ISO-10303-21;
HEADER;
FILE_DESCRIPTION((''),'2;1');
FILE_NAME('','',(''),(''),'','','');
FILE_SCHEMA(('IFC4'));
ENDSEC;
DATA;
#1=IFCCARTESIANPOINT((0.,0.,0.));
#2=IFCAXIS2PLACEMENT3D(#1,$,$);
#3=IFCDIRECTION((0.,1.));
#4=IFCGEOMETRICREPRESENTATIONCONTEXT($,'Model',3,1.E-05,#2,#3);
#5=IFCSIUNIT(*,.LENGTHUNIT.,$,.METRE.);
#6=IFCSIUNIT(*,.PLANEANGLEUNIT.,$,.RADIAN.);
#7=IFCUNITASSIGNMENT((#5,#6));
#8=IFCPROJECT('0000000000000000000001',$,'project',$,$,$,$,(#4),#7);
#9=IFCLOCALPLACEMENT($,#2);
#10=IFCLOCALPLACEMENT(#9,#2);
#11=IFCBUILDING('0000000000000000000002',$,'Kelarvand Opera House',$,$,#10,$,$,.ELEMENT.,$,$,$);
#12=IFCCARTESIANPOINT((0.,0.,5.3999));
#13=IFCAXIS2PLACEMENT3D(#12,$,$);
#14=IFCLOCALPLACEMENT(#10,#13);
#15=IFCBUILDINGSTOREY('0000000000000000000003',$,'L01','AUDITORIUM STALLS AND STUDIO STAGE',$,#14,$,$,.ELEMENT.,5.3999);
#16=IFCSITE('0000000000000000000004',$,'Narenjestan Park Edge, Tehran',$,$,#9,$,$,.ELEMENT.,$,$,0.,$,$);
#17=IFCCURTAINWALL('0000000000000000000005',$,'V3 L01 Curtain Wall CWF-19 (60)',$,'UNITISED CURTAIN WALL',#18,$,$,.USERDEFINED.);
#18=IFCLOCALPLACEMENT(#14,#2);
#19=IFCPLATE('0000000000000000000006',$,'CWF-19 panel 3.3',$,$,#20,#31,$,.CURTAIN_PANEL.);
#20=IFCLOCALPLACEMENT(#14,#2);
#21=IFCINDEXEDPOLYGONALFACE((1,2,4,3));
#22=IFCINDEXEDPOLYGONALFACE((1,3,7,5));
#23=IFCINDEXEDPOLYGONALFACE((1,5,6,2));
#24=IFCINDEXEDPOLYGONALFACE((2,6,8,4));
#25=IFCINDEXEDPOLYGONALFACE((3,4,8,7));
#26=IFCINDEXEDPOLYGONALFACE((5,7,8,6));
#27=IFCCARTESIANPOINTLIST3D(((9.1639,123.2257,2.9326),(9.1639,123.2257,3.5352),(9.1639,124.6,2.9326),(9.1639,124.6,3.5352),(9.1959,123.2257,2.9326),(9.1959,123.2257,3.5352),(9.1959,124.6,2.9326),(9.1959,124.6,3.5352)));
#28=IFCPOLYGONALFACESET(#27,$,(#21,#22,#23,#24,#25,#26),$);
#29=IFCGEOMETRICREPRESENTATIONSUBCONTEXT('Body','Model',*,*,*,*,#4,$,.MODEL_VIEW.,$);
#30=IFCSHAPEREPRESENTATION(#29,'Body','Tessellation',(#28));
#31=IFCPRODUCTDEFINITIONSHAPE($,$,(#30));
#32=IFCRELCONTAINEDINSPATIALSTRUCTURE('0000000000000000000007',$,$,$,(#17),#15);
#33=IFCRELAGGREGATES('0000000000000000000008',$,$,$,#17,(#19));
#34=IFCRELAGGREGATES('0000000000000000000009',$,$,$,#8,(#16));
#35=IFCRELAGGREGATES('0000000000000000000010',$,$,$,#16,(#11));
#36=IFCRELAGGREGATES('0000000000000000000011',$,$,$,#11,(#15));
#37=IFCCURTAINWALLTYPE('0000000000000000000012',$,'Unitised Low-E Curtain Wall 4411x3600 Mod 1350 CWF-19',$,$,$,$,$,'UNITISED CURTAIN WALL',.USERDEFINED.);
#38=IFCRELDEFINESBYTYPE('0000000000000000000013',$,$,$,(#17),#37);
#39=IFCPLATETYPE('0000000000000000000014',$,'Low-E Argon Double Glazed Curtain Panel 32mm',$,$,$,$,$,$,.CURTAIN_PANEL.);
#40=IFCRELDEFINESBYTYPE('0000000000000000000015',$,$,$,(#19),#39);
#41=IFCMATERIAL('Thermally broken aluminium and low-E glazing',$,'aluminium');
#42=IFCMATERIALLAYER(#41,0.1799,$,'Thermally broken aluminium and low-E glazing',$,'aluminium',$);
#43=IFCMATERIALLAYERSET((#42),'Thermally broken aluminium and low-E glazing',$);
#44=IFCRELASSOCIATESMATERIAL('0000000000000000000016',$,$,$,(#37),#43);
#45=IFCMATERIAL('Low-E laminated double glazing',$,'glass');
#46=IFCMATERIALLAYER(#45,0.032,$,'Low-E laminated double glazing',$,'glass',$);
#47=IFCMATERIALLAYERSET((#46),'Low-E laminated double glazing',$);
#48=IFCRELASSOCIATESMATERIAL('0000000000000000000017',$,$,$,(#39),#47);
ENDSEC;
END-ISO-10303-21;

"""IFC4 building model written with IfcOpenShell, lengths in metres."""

from ifc_helpers import new_model, si_unit, direction, frame, origin, origin_2d, place, context, subcontext, project, spatial, rectangle, extrude, material, layer, layer_set, type_object, element, aggregate, save


model = new_model("IFC4")

# Units and contexts
model_context = context("Model", 3, precision=1e-05, world=origin(), true_north=direction((0.0, 1.0)))
body_context = subcontext(model_context, "Body", "Model", "MODEL_VIEW")
ifc_project = project(units=[si_unit("LENGTHUNIT", "METRE"), si_unit("PLANEANGLEUNIT", "RADIAN")], contexts=[model_context])

# Site, building, storey
site_placement = place(None, origin())
site = spatial("IfcSite", under=ifc_project, at=site_placement, Name="Narenjestan Park Edge, Tehran", CompositionType="ELEMENT", RefElevation=0.0)
building_placement = place(site_placement, origin())
building = spatial("IfcBuilding", under=site, at=building_placement, Name="Kelarvand Opera House", CompositionType="ELEMENT")
storey_placement = place(building_placement, frame((0.0, 0.0, 5.3999)))
storey = spatial("IfcBuildingStorey", under=building, at=storey_placement, Name="L01", Description="AUDITORIUM STALLS AND STUDIO STAGE", CompositionType="ELEMENT", Elevation=5.3999)

# Shared definitions
ifc_material_1 = material(Name="Thermally broken aluminium and low-E glazing", Category="aluminium")

# Curtain wall
ifc_layer_1 = layer(ifc_material_1, 0.1799, Name="Thermally broken aluminium and low-E glazing", Category="aluminium")
ifc_layer_set_1 = layer_set([ifc_layer_1], Name="Thermally broken aluminium and low-E glazing")
curtain_wall_type_1 = type_object("IfcCurtainWallType", Name="Unitised Low-E Curtain Wall 4411x3600 Mod 1350 CWF-19", ElementType="UNITISED CURTAIN WALL", PredefinedType="USERDEFINED", material=ifc_layer_set_1)
curtain_wall_1_placement = place(storey_placement, origin())
curtain_wall_1 = element("IfcCurtainWall", 1, at=curtain_wall_1_placement, inside=storey, type_object=curtain_wall_type_1, Name="V3 L01 Curtain Wall CWF-19 (60)", ObjectType="UNITISED CURTAIN WALL", PredefinedType="USERDEFINED")

# Plate
ifc_material_2 = material(Name="Low-E laminated double glazing", Category="glass")
ifc_layer_2 = layer(ifc_material_2, 0.032, Name="Low-E laminated double glazing", Category="glass")
ifc_layer_set_2 = layer_set([ifc_layer_2], Name="Low-E laminated double glazing")
plate_type = type_object("IfcPlateType", Name="Low-E Argon Double Glazed Curtain Panel 32mm", PredefinedType="CURTAIN_PANEL", material=ifc_layer_set_2)
plate_1_placement = place(storey_placement, frame((9.1799, 123.9128, 2.9326), z_axis=(0.0, 0.0, 1.0), x_axis=(0.0, 1.0, 0.0)))
plate_1 = element("IfcPlate", 2, at=plate_1_placement, type_object=plate_type, Name="CWF-19 panel 3.3", PredefinedType="CURTAIN_PANEL", context=body_context, shape_type="SweptSolid", body=[
    extrude(rectangle(XDim=1.3743, YDim=0.032, at=origin_2d()), origin(), (0.0, 0.0, 1.0), 0.6025),
])
aggregate(curtain_wall_1, [plate_1])

save(model, "model.ifc")
